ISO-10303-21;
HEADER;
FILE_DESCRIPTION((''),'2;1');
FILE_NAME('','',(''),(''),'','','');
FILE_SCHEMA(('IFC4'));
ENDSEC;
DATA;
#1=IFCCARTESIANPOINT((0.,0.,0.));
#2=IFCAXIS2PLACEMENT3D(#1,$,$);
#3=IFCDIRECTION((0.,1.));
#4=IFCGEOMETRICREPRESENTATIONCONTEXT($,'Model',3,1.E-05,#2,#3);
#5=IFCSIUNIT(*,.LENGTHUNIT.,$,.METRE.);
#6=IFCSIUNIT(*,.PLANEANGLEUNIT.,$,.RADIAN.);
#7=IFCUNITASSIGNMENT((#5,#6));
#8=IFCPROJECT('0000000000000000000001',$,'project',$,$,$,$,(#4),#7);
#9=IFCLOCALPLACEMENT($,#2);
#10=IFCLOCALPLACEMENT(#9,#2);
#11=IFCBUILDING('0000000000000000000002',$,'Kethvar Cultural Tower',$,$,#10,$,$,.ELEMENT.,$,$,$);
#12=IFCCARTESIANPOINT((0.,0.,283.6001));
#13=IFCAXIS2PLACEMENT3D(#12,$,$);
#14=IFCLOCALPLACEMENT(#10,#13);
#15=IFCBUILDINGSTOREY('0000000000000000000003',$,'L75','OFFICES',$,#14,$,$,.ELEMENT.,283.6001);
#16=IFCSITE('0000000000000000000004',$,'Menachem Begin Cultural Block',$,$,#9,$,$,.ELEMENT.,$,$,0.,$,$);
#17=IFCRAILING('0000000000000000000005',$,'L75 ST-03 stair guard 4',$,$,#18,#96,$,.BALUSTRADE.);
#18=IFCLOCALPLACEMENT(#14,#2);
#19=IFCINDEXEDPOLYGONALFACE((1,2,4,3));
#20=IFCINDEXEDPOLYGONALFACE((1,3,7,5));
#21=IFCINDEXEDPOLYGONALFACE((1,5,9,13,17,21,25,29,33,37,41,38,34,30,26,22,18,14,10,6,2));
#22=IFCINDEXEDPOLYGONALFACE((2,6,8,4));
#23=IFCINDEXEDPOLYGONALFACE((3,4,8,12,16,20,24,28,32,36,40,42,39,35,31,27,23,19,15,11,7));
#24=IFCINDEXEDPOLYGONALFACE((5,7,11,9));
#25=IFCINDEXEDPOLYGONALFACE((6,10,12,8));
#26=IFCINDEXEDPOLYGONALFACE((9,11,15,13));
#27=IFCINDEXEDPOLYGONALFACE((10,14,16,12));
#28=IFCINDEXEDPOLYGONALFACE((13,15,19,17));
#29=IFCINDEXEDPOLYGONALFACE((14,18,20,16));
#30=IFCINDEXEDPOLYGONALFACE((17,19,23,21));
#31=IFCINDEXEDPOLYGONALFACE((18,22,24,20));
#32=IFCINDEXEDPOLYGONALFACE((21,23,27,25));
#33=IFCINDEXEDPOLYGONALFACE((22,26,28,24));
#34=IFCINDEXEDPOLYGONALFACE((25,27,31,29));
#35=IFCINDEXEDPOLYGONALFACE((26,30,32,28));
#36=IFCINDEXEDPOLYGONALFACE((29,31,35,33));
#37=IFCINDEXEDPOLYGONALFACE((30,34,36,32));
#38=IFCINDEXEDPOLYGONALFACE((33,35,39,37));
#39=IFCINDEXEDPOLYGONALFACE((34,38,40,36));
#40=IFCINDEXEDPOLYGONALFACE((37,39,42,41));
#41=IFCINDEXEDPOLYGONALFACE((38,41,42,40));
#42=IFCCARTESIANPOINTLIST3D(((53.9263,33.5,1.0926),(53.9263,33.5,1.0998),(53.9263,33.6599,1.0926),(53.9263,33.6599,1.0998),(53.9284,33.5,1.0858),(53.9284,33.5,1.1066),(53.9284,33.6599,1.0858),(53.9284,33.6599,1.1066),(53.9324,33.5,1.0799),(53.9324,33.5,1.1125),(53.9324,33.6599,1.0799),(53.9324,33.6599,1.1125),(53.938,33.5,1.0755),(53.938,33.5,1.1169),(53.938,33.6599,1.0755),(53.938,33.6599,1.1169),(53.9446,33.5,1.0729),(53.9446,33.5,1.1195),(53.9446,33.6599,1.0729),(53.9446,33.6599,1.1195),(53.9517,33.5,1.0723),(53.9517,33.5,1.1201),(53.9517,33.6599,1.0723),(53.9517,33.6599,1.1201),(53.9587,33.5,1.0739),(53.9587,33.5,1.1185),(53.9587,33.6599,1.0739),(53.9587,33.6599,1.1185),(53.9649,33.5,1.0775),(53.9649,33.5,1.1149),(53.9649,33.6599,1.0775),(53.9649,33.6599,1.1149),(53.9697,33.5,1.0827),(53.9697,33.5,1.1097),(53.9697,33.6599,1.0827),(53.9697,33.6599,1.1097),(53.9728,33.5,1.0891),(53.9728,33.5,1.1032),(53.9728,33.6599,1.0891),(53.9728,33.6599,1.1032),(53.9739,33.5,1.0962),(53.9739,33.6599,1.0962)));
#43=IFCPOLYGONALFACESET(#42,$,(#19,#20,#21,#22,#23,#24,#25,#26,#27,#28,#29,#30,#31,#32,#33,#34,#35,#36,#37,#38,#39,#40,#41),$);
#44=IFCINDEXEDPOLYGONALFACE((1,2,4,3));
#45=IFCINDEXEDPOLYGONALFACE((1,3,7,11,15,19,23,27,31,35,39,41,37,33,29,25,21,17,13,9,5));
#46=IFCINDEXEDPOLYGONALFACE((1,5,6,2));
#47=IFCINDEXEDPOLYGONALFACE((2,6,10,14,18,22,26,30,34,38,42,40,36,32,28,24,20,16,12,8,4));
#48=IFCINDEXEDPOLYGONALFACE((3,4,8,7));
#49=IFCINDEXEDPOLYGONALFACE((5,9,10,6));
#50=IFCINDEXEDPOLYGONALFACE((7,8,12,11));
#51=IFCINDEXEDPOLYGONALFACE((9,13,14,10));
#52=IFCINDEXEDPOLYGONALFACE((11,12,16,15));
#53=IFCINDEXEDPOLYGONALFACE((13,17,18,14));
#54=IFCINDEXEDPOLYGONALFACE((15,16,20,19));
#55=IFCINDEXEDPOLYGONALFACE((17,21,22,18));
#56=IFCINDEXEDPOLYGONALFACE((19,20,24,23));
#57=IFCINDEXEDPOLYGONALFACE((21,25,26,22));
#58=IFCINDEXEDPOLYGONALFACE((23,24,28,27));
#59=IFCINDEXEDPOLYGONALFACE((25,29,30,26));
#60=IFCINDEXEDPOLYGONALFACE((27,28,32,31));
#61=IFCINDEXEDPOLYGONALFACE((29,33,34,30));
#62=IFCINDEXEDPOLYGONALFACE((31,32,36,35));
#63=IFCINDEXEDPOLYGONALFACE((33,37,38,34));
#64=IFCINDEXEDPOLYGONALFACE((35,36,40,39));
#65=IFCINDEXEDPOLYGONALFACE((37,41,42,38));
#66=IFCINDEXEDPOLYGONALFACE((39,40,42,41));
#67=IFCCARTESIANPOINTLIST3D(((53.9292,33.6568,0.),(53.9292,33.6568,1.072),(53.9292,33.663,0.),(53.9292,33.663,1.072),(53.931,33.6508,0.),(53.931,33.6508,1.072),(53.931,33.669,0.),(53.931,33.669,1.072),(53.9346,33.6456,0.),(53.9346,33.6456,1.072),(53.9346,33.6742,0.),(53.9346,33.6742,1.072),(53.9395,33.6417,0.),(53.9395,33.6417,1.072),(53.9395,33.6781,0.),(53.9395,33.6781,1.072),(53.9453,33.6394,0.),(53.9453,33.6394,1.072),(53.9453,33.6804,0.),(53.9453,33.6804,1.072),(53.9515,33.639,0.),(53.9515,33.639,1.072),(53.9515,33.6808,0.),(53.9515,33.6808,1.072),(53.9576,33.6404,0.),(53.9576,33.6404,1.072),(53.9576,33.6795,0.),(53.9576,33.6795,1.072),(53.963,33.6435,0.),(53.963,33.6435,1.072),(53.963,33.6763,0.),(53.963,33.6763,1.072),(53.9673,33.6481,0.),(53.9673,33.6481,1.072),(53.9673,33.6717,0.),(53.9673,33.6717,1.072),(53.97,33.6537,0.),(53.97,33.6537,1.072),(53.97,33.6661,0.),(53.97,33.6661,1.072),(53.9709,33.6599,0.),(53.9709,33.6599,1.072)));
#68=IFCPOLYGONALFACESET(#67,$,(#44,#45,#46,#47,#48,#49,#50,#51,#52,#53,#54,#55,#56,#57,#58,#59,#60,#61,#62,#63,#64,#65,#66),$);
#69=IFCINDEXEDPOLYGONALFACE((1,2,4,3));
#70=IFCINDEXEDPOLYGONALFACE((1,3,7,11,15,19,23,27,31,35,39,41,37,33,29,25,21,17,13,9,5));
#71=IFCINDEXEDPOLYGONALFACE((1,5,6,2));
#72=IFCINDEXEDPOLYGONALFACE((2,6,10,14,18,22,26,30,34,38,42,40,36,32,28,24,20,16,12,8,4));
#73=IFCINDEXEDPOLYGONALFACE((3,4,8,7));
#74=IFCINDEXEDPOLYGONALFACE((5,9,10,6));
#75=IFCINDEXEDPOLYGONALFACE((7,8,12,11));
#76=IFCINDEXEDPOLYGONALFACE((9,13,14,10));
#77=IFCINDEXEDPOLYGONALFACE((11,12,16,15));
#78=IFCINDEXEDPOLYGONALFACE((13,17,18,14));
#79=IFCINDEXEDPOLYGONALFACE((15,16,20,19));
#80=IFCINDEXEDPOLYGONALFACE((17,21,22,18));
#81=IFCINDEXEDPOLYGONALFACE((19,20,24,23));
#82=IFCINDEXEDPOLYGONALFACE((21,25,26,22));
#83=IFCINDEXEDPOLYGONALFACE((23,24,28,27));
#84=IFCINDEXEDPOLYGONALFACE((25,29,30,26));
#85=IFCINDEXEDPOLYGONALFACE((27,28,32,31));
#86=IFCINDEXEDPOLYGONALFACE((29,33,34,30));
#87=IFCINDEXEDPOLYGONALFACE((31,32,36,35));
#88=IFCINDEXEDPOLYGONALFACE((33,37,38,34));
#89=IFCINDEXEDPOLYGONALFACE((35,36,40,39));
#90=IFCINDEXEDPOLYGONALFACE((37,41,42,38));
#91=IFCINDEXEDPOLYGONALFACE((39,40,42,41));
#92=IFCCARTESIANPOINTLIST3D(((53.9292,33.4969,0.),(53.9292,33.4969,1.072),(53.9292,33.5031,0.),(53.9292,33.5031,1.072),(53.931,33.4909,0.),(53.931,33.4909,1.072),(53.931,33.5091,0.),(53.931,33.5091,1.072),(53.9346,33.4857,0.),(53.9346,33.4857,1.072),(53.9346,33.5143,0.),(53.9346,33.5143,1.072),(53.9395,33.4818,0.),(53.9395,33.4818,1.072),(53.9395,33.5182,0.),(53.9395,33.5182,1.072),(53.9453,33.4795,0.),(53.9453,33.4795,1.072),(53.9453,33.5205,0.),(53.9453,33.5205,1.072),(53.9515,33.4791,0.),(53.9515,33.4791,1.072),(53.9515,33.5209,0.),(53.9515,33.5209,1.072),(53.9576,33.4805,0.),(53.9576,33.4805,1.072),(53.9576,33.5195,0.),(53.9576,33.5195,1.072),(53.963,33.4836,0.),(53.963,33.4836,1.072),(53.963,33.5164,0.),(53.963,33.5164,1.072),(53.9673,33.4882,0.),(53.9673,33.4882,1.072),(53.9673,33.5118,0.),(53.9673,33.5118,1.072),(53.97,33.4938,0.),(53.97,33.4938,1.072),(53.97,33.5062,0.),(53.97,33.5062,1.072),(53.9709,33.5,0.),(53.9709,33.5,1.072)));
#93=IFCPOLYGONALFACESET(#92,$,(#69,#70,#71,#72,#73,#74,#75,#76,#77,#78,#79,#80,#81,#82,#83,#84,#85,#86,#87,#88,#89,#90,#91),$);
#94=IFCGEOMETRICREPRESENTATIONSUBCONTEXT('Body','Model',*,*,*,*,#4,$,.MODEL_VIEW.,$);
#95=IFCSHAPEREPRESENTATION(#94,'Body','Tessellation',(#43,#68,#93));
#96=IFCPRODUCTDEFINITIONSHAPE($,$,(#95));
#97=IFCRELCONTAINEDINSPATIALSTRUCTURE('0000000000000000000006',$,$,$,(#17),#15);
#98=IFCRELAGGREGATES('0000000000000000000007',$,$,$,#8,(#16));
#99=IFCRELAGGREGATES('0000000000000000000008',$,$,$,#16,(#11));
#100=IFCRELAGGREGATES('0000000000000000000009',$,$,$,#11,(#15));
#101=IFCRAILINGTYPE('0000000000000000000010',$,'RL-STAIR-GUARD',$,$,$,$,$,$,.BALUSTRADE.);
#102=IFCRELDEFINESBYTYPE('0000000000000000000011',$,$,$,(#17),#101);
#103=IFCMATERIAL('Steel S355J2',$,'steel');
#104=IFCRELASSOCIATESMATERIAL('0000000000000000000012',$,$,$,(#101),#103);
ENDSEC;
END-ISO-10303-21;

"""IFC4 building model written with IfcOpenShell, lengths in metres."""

from ifc_helpers import new_model, si_unit, direction, frame, origin, origin_2d, place, context, subcontext, project, spatial, circle, extrude, material, type_object, element, save


model = new_model("IFC4")

# Units and contexts
model_context = context("Model", 3, precision=1e-05, world=origin(), true_north=direction((0.0, 1.0)))
body_context = subcontext(model_context, "Body", "Model", "MODEL_VIEW")
ifc_project = project(units=[si_unit("LENGTHUNIT", "METRE"), si_unit("PLANEANGLEUNIT", "RADIAN")], contexts=[model_context])

# Site, building, storey
site_placement = place(None, origin())
site = spatial("IfcSite", under=ifc_project, at=site_placement, Name="Menachem Begin Cultural Block", CompositionType="ELEMENT", RefElevation=0.0)
building_placement = place(site_placement, origin())
building = spatial("IfcBuilding", under=site, at=building_placement, Name="Kethvar Cultural Tower", CompositionType="ELEMENT")
storey_placement = place(building_placement, frame((0.0, 0.0, 283.6001)))
storey = spatial("IfcBuildingStorey", under=building, at=storey_placement, Name="L75", Description="OFFICES", CompositionType="ELEMENT", Elevation=283.6001)

# Shared definitions
ifc_material_1 = material(Name="Steel S355J2", Category="steel")

# Railing
railing_type_1 = type_object("IfcRailingType", Name="RL-STAIR-GUARD", PredefinedType="BALUSTRADE", material=ifc_material_1)
railing_1_placement = place(storey_placement, frame((53.95, 33.6599, 0.0)))
element("IfcRailing", 1, at=railing_1_placement, inside=storey, type_object=railing_type_1, Name="L75 ST-03 stair guard 4", PredefinedType="BALUSTRADE", context=body_context, shape_type="SweptSolid", body=[
    extrude(circle(Radius=0.0239, at=origin_2d()), frame((0.0, 0.0, 1.0962), z_axis=(0.0, -1.0, 0.0), x_axis=(1.0, 0.0, 0.0)), (0.0, 0.0, 1.0), 0.1599),
    extrude(circle(Radius=0.021, at=origin_2d()), origin(), (0.0, 0.0, 1.0), 1.072),
    extrude(circle(Radius=0.021, at=origin_2d()), frame((0.0, -0.1599, 0.0)), (0.0, 0.0, 1.0), 1.072),
])

save(model, "model.ifc")
